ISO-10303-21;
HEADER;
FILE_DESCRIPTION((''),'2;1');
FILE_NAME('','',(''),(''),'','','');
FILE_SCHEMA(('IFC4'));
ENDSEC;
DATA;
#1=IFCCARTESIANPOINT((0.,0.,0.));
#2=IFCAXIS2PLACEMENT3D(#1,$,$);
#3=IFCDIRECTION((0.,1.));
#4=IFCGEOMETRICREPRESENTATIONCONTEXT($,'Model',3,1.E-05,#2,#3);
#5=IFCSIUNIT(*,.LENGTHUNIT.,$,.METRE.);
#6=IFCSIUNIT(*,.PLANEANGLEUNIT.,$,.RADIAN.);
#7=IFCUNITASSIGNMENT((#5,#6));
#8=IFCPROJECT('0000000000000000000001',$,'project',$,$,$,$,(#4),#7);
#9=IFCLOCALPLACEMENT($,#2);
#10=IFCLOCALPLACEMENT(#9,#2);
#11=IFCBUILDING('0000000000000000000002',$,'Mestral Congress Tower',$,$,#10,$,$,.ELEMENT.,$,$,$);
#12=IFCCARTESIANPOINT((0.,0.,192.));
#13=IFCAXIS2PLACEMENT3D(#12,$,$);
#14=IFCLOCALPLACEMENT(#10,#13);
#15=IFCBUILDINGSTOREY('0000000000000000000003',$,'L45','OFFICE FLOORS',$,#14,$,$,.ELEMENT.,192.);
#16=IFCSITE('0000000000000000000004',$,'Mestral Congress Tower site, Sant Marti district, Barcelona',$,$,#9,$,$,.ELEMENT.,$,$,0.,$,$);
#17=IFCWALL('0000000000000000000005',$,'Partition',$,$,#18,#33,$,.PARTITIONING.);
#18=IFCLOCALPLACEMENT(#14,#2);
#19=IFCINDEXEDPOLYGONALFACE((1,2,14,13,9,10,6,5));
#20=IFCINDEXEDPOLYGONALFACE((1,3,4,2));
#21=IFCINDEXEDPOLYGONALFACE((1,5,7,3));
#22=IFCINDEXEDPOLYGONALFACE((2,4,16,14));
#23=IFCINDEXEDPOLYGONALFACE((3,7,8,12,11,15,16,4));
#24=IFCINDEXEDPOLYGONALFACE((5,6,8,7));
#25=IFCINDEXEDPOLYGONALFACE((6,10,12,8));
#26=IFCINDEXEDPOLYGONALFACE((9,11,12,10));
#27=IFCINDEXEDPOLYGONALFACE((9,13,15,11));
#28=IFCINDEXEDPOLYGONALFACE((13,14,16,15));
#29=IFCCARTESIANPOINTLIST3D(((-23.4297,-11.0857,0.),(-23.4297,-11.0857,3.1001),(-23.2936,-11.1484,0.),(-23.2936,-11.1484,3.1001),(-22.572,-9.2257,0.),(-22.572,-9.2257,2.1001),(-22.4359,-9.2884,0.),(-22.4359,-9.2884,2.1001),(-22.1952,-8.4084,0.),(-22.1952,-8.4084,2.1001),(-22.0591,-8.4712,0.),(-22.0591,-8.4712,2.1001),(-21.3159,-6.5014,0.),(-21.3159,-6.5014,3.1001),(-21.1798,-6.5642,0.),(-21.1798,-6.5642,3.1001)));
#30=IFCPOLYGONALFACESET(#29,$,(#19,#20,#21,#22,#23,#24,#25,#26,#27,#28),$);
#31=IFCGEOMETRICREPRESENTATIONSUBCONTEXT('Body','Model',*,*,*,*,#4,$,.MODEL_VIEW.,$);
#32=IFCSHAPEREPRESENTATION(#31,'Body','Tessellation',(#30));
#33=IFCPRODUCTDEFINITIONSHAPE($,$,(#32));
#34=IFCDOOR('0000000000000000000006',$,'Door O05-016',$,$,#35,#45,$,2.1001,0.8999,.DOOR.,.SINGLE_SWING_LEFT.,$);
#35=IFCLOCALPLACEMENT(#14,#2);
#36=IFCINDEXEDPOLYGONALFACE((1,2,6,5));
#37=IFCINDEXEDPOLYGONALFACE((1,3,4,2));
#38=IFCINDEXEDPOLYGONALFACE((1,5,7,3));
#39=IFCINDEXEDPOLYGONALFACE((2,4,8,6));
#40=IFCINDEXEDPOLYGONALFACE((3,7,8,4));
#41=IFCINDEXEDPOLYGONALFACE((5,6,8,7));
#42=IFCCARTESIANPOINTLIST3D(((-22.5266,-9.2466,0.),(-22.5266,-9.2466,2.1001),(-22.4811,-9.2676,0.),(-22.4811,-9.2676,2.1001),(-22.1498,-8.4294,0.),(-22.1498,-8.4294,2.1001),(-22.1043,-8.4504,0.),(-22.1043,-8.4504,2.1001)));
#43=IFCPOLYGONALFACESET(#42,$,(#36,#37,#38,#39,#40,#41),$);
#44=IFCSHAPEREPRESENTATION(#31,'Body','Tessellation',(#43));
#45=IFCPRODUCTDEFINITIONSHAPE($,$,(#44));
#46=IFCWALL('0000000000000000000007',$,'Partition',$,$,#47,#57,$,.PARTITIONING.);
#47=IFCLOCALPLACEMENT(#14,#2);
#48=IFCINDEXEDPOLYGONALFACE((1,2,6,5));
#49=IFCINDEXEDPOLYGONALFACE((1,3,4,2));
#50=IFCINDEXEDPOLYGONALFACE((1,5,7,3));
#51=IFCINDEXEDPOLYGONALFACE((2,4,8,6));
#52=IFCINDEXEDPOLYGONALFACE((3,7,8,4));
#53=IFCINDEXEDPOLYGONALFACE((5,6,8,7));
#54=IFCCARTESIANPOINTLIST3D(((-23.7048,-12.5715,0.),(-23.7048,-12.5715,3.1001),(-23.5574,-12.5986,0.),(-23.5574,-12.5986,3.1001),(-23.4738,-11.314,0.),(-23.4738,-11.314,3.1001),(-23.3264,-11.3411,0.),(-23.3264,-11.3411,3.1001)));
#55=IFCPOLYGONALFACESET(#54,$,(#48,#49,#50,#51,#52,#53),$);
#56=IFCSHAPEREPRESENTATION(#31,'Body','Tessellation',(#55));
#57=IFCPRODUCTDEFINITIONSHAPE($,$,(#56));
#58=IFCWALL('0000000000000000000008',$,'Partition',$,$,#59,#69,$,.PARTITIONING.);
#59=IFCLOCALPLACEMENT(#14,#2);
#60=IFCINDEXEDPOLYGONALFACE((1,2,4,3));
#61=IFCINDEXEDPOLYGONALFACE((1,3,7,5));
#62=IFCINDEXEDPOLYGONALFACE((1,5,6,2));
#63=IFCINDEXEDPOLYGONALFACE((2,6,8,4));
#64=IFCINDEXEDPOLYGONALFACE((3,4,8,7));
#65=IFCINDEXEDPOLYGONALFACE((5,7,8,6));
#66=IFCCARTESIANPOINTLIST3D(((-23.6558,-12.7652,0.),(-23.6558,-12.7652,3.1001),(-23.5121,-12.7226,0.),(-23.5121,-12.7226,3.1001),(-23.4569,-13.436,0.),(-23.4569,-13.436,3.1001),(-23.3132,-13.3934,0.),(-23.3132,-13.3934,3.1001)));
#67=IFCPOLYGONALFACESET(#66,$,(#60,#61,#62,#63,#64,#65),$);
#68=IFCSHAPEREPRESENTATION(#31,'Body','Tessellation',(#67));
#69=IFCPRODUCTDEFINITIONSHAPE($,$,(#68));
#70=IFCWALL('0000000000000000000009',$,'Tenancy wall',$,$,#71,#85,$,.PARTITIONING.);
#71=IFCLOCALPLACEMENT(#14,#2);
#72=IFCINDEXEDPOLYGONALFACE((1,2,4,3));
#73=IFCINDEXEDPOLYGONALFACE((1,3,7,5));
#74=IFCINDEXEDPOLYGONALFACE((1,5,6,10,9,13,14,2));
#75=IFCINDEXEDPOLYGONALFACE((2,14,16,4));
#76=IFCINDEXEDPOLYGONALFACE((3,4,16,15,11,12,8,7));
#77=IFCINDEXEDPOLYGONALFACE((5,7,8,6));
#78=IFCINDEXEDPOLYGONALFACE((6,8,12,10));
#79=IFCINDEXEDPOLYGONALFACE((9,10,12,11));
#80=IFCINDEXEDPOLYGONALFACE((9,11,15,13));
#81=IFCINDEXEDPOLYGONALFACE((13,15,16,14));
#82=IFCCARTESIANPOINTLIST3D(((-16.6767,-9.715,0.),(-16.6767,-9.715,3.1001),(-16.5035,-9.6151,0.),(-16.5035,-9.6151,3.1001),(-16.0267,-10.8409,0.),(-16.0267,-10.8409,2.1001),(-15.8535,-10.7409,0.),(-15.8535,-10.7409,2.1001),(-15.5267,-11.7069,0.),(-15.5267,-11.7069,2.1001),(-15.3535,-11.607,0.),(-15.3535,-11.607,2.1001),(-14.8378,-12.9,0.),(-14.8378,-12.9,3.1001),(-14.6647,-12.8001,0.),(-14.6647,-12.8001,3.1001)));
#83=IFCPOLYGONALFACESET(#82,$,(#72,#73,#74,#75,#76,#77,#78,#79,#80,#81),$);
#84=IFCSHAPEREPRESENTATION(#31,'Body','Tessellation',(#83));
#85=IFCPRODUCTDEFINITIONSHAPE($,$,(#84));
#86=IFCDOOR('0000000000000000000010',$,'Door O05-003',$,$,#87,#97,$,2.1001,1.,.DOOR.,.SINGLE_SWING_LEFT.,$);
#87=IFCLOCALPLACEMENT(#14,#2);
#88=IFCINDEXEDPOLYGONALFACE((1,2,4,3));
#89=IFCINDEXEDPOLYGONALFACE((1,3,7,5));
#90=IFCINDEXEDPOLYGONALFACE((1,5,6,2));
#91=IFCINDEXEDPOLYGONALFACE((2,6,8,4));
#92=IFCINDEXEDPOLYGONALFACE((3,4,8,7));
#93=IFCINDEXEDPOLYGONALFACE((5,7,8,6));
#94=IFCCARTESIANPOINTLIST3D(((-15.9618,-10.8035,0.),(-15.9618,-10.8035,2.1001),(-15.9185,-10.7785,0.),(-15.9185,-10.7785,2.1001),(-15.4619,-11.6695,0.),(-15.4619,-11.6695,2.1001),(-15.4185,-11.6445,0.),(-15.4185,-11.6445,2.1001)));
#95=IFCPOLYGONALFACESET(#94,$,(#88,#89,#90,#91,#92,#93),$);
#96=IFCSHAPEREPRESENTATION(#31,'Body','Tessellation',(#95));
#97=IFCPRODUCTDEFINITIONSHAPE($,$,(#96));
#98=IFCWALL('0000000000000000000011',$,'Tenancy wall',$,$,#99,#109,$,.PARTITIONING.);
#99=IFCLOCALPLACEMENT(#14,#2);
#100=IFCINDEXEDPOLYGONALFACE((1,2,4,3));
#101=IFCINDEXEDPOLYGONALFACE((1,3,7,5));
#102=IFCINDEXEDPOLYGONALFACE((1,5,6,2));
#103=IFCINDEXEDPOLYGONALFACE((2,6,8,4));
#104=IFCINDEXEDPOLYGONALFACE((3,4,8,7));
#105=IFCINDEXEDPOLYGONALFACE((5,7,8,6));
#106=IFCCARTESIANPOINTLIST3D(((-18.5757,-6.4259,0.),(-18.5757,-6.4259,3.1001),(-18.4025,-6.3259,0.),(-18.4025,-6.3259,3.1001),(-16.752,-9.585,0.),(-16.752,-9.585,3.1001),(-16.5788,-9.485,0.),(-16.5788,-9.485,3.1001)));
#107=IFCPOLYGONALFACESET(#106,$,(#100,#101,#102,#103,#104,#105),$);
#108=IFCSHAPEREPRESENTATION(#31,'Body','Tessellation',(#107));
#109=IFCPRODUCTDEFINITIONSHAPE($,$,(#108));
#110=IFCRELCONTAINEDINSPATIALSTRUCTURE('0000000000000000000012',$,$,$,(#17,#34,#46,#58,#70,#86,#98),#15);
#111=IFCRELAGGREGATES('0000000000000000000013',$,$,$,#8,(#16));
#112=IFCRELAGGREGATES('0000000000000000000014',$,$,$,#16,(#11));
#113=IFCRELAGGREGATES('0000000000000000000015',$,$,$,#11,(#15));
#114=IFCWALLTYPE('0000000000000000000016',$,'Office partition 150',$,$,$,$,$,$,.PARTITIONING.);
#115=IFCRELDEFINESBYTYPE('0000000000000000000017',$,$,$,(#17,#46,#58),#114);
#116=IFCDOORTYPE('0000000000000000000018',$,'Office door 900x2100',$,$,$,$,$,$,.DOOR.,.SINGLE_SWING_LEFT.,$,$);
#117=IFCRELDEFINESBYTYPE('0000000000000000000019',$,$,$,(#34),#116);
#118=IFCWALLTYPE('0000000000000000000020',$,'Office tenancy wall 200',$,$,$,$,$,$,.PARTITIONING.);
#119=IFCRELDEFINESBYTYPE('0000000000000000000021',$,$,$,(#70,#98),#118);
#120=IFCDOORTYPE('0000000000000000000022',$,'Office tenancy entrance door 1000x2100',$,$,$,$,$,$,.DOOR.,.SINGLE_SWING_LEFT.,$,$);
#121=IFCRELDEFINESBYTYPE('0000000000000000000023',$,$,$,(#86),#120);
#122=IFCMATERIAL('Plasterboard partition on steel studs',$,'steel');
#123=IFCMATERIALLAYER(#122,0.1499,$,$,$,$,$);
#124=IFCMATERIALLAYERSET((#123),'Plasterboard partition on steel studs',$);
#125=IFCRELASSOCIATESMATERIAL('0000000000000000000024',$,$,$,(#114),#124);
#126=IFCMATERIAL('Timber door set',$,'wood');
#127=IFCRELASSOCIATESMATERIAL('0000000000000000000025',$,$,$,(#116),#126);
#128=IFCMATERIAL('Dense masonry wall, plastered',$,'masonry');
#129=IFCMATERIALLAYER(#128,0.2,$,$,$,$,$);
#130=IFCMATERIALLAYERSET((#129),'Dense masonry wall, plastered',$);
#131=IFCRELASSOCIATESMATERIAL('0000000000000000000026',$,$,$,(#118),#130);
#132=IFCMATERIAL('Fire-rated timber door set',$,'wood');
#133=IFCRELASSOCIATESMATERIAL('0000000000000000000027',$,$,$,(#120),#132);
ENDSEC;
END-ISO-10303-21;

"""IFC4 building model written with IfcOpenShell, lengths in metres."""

from ifc_helpers import new_model, si_unit, direction, frame, frame_2d, origin, place, context, subcontext, project, spatial, rectangle, extrude, material, layer, layer_set, type_object, element, fill, save


model = new_model("IFC4")

# Units and contexts
model_context = context("Model", 3, precision=1e-05, world=origin(), true_north=direction((0.0, 1.0)))
body_context = subcontext(model_context, "Body", "Model", "MODEL_VIEW")
ifc_project = project(units=[si_unit("LENGTHUNIT", "METRE"), si_unit("PLANEANGLEUNIT", "RADIAN")], contexts=[model_context])

# Site, building, storey
site_placement = place(None, origin())
site = spatial("IfcSite", under=ifc_project, at=site_placement, Name="Mestral Congress Tower site, Sant Marti district, Barcelona", CompositionType="ELEMENT", RefElevation=0.0)
building_placement = place(site_placement, origin())
building = spatial("IfcBuilding", under=site, at=building_placement, Name="Mestral Congress Tower", CompositionType="ELEMENT")
storey_placement = place(building_placement, frame((0.0, 0.0, 192.0)))
storey = spatial("IfcBuildingStorey", under=building, at=storey_placement, Name="L45", Description="OFFICE FLOORS", CompositionType="ELEMENT", Elevation=192.0)

# Shared definitions
ifc_material_1 = material(Name="Plasterboard partition on steel studs", Category="steel")
ifc_layer_1 = layer(ifc_material_1, 0.1499)
ifc_layer_set_1 = layer_set([ifc_layer_1], Name="Plasterboard partition on steel studs")
wall_type_1 = type_object("IfcWallType", Name="Office partition 150", PredefinedType="PARTITIONING", material=ifc_layer_set_1)

# Shared definitions
ifc_material_2 = material(Name="Timber door set", Category="wood")
door_type_1 = type_object("IfcDoorType", Name="Office door 900x2100", OperationType="SINGLE_SWING_LEFT", PredefinedType="DOOR", material=ifc_material_2)

# Wall, opening, door
wall_1_placement = place(storey_placement, frame((-23.3616, -11.1169, 0.0), z_axis=(0.0, 0.0, 1.0), x_axis=(0.418727, 0.908112, 0.0)))
wall_1 = element("IfcWall", 1, at=wall_1_placement, inside=storey, type_object=wall_type_1, Name="Partition", PredefinedType="PARTITIONING", context=body_context, shape_type="SweptSolid", body=[
    extrude(rectangle(XDim=5.0481, YDim=0.1499, at=frame_2d((2.5239, 0.0))), origin(), (0.0, 0.0, 1.0), 3.1001),
])
opening_1_placement = place(wall_1_placement, frame((2.0481, 0.0, 0.0)))
opening_1 = element("IfcOpeningElement", 2, at=opening_1_placement, cuts=wall_1, PredefinedType="OPENING", context=body_context, shape_type="SweptSolid", body=[
    extrude(rectangle(XDim=0.8999, YDim=2.1001, at=frame_2d((0.45, 1.05))), frame((0.0, 0.085, 0.0), z_axis=(0.0, -1.0, 0.0), x_axis=(1.0, 0.0, 0.0)), (0.0, 0.0, 1.0), 0.1699),
])
door_1_placement = place(opening_1_placement, origin())
door_1 = element("IfcDoor", 3, at=door_1_placement, inside=storey, type_object=door_type_1, Name="Door O05-016", OperationType="SINGLE_SWING_LEFT", OverallHeight=2.1001, OverallWidth=0.8999, PredefinedType="DOOR", context=body_context, shape_type="SweptSolid", body=[
    extrude(rectangle(XDim=0.8999, YDim=2.1001, at=frame_2d((0.45, 1.05))), frame((0.0, 0.0249, 0.0), z_axis=(0.0, -1.0, 0.0), x_axis=(1.0, 0.0, 0.0)), (0.0, 0.0, 1.0), 0.05),
])
fill(opening_1, door_1)

# Walls
wall_2_placement = place(storey_placement, frame((-23.4001, -11.3276, 0.0), z_axis=(0.0, 0.0, 1.0), x_axis=(-0.180633, -0.983551, 0.0)))
element("IfcWall", 4, at=wall_2_placement, inside=storey, type_object=wall_type_1, Name="Partition", PredefinedType="PARTITIONING", context=body_context, shape_type="SweptSolid", body=[
    extrude(rectangle(XDim=1.2786, YDim=0.1499, at=frame_2d((0.6392, 0.0))), origin(), (0.0, 0.0, 1.0), 3.1001),
])
wall_3_placement = place(storey_placement, frame((-23.584, -12.7439, 0.0), z_axis=(0.0, 0.0, 1.0), x_axis=(0.284338, -0.958724, 0.0)))
element("IfcWall", 5, at=wall_3_placement, inside=storey, type_object=wall_type_1, Name="Partition", PredefinedType="PARTITIONING", context=body_context, shape_type="SweptSolid", body=[
    extrude(rectangle(XDim=0.6997, YDim=0.1499, at=frame_2d((0.3499, 0.0))), origin(), (0.0, 0.0, 1.0), 3.1001),
])

# Wall, opening, door
ifc_material_3 = material(Name="Dense masonry wall, plastered", Category="masonry")
ifc_layer_2 = layer(ifc_material_3, 0.2)
ifc_layer_set_2 = layer_set([ifc_layer_2], Name="Dense masonry wall, plastered")
wall_type_2 = type_object("IfcWallType", Name="Office tenancy wall 200", PredefinedType="PARTITIONING", material=ifc_layer_set_2)
wall_4_placement = place(storey_placement, frame((-16.5901, -9.665, 0.0), z_axis=(0.0, 0.0, 1.0), x_axis=(0.499994, -0.866029, 0.0)))
wall_4 = element("IfcWall", 6, at=wall_4_placement, inside=storey, type_object=wall_type_2, Name="Tenancy wall", PredefinedType="PARTITIONING", context=body_context, shape_type="SweptSolid", body=[
    extrude(rectangle(XDim=3.6777, YDim=0.2, at=frame_2d((1.8389, 0.0))), origin(), (0.0, 0.0, 1.0), 3.1001),
])
opening_2_placement = place(wall_4_placement, frame((1.3, 0.0, 0.0)))
opening_2 = element("IfcOpeningElement", 7, at=opening_2_placement, cuts=wall_4, PredefinedType="OPENING", context=body_context, shape_type="SweptSolid", body=[
    extrude(rectangle(XDim=1.0, YDim=2.1001, at=frame_2d((0.5, 1.05))), frame((0.0, 0.1099, 0.0), z_axis=(0.0, -1.0, 0.0), x_axis=(1.0, 0.0, 0.0)), (0.0, 0.0, 1.0), 0.22),
])
ifc_material_4 = material(Name="Fire-rated timber door set", Category="wood")
door_type_2 = type_object("IfcDoorType", Name="Office tenancy entrance door 1000x2100", OperationType="SINGLE_SWING_LEFT", PredefinedType="DOOR", material=ifc_material_4)
door_2_placement = place(opening_2_placement, origin())
door_2 = element("IfcDoor", 8, at=door_2_placement, inside=storey, type_object=door_type_2, Name="Door O05-003", OperationType="SINGLE_SWING_LEFT", OverallHeight=2.1001, OverallWidth=1.0, PredefinedType="DOOR", context=body_context, shape_type="SweptSolid", body=[
    extrude(rectangle(XDim=1.0, YDim=2.1001, at=frame_2d((0.5, 1.05))), frame((0.0, 0.0249, 0.0), z_axis=(0.0, -1.0, 0.0), x_axis=(1.0, 0.0, 0.0)), (0.0, 0.0, 1.0), 0.05),
])
fill(opening_2, door_2)

# Wall
wall_5_placement = place(storey_placement, frame((-18.489, -6.376, 0.0), z_axis=(0.0, 0.0, 1.0), x_axis=(0.499954, -0.866052, 0.0)))
element("IfcWall", 9, at=wall_5_placement, inside=storey, type_object=wall_type_2, Name="Tenancy wall", PredefinedType="PARTITIONING", context=body_context, shape_type="SweptSolid", body=[
    extrude(rectangle(XDim=3.6477, YDim=0.2, at=frame_2d((1.8237, 0.0))), origin(), (0.0, 0.0, 1.0), 3.1001),
])

save(model, "model.ifc")
